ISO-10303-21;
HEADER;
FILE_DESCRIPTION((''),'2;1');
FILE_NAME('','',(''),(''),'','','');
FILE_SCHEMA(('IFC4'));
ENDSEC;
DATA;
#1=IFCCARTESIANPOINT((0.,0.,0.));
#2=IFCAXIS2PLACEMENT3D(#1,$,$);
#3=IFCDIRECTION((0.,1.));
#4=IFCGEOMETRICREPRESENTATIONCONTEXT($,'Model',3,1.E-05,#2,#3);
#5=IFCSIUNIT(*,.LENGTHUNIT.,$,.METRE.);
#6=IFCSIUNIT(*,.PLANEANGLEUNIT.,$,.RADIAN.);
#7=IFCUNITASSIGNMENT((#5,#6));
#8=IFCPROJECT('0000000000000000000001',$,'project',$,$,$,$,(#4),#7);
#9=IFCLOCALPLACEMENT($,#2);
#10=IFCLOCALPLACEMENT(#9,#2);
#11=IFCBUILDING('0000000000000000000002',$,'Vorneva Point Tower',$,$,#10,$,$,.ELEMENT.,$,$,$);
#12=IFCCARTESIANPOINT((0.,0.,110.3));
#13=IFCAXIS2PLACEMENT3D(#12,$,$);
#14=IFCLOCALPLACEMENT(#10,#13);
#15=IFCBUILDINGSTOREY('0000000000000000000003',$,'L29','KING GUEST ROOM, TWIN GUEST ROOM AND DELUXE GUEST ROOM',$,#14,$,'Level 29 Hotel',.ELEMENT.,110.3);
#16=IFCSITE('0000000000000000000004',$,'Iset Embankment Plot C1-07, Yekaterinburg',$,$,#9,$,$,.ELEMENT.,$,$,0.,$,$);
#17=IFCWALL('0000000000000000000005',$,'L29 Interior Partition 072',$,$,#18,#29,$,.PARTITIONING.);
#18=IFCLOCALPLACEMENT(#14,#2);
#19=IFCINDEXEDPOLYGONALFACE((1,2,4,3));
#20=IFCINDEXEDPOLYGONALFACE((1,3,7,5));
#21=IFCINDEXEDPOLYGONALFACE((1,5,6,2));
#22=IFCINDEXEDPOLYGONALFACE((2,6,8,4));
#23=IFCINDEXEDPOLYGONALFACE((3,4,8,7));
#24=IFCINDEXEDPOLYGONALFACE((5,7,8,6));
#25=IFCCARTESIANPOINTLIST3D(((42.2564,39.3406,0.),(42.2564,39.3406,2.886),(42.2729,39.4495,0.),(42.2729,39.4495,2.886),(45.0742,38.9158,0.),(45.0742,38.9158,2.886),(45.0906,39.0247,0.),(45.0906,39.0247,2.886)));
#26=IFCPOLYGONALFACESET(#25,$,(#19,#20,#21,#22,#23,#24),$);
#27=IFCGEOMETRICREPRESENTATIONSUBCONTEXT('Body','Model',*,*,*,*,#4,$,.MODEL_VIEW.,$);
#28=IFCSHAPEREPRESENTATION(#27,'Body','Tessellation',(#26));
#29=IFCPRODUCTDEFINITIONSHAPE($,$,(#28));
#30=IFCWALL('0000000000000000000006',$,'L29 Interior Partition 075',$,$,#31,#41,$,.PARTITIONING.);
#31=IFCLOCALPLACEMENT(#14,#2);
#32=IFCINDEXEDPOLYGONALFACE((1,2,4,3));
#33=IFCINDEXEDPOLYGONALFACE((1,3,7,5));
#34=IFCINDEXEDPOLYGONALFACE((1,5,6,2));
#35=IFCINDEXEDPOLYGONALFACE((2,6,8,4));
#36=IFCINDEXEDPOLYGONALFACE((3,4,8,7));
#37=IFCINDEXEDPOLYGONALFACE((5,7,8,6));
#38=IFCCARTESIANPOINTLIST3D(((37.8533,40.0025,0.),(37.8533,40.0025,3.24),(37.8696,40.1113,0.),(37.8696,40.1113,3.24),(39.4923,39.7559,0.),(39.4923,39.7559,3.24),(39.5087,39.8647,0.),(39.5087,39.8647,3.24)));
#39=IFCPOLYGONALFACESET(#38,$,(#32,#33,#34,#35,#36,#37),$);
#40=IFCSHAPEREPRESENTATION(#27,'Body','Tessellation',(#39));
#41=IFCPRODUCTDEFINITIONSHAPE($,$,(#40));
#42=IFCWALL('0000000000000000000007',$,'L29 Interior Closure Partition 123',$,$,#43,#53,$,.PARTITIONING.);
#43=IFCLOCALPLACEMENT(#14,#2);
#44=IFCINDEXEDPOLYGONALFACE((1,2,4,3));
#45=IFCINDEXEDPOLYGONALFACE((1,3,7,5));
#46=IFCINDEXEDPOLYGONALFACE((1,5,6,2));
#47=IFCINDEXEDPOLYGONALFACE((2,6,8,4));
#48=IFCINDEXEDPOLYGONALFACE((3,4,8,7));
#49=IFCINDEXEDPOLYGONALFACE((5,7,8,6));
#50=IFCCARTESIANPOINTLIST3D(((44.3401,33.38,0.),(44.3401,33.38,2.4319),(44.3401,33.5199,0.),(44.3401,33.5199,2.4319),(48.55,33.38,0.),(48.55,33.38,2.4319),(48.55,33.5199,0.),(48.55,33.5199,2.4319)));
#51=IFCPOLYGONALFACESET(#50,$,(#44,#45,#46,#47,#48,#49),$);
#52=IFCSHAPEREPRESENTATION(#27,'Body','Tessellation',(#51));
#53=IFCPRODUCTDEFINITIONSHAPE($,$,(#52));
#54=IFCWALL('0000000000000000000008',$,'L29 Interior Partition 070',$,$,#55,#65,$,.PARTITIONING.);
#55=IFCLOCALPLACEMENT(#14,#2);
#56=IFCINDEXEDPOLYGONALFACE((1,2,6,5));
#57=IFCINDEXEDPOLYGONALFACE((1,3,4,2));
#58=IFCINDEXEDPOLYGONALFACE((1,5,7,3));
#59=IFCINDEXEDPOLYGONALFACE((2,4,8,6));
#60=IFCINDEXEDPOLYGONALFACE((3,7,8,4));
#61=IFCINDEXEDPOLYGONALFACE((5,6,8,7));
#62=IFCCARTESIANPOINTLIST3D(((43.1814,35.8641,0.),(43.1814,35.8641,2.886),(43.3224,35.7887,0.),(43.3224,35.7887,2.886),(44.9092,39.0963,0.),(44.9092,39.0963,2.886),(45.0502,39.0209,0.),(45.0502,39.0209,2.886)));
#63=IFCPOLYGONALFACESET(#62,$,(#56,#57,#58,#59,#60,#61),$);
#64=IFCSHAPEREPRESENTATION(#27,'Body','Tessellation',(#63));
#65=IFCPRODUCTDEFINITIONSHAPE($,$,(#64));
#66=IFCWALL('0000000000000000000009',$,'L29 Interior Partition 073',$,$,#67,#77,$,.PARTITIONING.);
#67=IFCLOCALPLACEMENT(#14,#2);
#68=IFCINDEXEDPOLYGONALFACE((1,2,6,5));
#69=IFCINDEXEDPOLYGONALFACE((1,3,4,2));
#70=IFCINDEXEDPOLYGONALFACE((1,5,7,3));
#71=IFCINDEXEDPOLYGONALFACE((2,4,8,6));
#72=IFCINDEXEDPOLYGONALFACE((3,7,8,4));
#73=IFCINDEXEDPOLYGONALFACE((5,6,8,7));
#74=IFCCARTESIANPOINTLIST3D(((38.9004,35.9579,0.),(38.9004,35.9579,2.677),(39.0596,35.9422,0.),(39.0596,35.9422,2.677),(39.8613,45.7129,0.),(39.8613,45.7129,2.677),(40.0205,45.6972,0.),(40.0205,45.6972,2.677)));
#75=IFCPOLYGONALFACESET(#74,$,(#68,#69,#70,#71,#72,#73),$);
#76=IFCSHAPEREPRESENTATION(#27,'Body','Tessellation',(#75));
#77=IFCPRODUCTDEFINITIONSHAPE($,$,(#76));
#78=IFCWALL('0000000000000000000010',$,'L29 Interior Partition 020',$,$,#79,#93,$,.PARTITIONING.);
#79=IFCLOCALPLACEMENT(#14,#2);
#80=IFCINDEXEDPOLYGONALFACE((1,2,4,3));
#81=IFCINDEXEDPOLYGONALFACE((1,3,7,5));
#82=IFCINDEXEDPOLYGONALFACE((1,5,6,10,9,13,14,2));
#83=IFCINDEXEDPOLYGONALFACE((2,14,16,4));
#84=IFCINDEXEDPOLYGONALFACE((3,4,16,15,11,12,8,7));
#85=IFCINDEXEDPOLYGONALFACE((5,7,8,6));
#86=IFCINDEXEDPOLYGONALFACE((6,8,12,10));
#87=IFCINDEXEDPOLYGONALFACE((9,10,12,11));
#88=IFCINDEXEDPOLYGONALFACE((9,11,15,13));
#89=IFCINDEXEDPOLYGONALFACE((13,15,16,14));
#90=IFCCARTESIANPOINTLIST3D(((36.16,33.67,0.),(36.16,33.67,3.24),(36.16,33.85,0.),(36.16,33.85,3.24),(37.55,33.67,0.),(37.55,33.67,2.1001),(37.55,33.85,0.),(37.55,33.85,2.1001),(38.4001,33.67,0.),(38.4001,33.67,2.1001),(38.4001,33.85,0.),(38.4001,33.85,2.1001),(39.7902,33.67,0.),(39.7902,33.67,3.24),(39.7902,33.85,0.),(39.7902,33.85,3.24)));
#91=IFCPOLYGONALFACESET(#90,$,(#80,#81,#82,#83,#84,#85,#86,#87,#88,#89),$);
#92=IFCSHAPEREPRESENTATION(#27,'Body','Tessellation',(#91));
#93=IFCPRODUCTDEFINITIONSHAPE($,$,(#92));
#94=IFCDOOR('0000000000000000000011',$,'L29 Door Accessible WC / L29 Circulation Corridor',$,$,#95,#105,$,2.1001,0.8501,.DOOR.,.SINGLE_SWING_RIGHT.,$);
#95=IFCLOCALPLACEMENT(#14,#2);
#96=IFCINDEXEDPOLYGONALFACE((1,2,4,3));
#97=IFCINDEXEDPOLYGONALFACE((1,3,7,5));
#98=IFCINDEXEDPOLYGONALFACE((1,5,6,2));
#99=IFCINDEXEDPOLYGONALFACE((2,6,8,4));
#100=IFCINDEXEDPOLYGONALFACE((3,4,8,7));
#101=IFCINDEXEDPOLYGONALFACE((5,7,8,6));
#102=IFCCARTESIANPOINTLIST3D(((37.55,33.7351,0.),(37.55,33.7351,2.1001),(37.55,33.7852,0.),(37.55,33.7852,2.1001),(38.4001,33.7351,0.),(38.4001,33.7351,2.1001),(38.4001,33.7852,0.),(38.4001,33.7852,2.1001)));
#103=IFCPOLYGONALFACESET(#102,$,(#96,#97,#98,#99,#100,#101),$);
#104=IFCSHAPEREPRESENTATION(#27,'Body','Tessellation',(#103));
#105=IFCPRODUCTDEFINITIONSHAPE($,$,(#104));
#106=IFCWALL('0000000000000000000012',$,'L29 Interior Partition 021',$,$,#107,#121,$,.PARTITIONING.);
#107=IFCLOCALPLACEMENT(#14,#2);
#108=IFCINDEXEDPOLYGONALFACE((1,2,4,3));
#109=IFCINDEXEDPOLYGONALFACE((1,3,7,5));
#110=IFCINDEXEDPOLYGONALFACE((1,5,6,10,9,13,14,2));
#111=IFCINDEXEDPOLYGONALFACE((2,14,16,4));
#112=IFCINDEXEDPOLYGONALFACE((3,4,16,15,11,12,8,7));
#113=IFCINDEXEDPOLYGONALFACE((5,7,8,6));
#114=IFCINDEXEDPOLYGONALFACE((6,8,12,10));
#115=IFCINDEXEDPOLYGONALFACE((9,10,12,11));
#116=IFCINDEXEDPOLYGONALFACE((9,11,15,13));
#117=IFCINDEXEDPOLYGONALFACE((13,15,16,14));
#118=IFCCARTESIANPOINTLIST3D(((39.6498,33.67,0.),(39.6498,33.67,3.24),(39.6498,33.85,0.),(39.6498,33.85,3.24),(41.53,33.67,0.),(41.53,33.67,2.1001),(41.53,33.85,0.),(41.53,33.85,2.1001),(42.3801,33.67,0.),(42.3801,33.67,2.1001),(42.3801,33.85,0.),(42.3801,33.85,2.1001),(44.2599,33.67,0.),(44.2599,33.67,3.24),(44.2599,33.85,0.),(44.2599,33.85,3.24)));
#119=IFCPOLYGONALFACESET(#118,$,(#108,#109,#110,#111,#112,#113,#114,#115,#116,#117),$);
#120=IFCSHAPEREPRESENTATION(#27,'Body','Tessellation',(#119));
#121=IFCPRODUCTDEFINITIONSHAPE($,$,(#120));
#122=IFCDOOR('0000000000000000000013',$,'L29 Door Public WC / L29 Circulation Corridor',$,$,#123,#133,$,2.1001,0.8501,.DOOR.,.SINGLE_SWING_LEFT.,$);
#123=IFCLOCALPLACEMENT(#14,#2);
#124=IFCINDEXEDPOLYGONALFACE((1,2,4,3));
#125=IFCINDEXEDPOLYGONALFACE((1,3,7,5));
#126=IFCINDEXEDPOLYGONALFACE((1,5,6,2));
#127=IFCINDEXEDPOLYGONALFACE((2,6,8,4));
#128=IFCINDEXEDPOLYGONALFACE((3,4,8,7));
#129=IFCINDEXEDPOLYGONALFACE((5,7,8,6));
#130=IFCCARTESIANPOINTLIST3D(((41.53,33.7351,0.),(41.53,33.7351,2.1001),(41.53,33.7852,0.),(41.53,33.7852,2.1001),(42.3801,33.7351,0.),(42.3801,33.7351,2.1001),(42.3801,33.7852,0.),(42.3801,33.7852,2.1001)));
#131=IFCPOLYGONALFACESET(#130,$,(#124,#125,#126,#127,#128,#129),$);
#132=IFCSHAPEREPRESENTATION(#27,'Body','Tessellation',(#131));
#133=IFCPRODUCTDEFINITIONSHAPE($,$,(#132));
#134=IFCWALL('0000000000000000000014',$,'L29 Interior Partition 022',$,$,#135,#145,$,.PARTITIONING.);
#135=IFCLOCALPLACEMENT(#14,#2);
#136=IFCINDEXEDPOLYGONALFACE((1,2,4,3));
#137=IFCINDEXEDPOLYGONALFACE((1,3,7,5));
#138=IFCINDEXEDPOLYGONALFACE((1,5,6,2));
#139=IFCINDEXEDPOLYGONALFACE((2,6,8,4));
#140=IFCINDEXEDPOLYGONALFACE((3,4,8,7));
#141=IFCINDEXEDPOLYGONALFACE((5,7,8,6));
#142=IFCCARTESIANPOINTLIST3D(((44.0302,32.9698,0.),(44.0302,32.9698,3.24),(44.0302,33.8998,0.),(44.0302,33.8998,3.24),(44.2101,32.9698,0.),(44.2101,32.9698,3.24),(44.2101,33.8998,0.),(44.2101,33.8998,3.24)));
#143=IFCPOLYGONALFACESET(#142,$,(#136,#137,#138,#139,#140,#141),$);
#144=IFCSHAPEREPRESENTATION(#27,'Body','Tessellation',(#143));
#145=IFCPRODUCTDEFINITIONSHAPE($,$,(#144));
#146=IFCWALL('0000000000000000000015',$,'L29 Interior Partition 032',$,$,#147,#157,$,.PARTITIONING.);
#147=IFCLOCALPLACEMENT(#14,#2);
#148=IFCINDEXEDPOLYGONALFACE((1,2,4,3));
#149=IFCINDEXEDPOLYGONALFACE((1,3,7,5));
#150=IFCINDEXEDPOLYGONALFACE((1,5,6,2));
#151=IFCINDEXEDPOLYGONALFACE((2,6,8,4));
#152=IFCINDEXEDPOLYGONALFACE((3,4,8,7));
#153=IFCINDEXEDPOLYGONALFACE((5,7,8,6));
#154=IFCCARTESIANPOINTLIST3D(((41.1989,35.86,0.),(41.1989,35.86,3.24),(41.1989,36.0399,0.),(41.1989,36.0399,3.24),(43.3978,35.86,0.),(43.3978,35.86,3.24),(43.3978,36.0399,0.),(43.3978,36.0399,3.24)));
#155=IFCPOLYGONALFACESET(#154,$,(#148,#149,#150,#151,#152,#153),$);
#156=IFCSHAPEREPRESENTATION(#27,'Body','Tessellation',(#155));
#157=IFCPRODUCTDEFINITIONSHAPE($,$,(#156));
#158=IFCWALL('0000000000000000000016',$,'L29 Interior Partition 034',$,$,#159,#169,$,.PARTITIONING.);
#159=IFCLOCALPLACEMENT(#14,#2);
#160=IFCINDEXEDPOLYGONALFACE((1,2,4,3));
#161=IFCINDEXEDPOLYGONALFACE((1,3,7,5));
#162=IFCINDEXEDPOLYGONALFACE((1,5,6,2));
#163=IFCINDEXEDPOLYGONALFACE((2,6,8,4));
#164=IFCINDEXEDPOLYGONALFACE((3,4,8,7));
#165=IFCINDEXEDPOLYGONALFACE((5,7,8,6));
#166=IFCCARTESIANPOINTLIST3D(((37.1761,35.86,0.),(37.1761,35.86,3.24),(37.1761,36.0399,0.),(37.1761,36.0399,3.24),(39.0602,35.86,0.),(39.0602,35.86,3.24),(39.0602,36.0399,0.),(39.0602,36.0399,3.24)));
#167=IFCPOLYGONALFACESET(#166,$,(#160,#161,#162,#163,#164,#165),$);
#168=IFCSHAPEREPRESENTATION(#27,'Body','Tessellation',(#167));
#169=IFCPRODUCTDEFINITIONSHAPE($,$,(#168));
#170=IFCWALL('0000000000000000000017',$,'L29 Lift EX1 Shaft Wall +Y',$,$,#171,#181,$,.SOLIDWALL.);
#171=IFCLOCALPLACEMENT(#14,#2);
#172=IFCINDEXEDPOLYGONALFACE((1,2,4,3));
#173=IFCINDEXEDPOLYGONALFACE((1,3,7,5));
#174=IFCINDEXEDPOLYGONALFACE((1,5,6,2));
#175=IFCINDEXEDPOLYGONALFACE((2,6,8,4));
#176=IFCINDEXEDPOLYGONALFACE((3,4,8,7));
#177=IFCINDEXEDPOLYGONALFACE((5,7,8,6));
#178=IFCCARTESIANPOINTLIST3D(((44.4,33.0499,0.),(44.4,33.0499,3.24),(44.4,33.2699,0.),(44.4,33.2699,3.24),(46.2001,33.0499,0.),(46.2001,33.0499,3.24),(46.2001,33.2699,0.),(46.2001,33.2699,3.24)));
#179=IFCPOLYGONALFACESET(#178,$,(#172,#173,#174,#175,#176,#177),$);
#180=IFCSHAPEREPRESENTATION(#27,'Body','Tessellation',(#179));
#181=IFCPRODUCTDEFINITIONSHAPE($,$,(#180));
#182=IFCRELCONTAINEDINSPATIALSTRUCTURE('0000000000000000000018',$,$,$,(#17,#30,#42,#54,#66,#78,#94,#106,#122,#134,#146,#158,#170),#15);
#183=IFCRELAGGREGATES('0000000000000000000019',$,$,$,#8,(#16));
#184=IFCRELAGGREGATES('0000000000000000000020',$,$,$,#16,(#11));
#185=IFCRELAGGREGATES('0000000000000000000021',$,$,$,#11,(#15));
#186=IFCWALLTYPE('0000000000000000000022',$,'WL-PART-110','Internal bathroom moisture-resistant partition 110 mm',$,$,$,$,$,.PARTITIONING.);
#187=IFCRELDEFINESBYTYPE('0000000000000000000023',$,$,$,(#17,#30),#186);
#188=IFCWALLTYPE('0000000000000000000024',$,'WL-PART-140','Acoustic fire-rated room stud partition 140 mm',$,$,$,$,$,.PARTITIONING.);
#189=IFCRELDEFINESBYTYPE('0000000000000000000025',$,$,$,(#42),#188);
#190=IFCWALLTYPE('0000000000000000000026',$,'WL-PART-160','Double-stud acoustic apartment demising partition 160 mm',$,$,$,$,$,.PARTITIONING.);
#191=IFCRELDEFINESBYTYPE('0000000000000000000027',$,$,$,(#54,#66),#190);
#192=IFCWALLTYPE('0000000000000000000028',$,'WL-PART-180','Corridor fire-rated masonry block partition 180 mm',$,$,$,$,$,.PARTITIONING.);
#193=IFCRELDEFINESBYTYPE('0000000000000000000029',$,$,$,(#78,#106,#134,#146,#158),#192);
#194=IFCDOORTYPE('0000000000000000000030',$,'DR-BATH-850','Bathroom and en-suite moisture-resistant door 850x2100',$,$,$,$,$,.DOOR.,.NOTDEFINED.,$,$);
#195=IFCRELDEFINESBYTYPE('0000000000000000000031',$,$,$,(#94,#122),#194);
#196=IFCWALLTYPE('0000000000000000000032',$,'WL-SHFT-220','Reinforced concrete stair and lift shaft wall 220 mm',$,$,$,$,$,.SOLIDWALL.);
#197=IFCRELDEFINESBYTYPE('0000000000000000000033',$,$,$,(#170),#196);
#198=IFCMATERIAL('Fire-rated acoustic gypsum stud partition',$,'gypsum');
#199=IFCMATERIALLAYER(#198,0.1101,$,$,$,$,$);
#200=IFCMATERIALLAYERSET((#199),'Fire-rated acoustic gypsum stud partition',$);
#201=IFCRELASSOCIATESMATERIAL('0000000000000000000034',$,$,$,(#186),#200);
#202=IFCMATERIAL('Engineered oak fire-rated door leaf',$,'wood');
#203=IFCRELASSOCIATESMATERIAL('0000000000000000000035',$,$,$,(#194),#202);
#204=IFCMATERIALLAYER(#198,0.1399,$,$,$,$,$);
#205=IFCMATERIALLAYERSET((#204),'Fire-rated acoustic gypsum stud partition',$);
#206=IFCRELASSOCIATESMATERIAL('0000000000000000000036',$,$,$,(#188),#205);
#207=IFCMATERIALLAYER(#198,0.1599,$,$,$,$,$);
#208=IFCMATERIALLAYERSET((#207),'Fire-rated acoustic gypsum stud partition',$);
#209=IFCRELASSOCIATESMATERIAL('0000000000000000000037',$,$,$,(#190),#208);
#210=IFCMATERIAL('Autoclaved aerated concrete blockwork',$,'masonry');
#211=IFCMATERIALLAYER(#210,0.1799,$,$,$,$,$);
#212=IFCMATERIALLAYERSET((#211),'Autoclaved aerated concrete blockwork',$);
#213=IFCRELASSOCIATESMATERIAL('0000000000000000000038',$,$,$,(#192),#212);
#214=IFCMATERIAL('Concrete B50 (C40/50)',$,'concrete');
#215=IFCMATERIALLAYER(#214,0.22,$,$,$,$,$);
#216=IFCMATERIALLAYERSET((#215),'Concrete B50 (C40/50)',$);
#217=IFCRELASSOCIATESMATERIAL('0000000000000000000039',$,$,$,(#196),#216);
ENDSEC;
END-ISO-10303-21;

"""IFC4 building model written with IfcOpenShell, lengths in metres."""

from ifc_helpers import new_model, si_unit, direction, frame, frame_2d, origin, place, context, subcontext, project, spatial, rectangle, extrude, material, layer, layer_set, type_object, element, fill, save


model = new_model("IFC4")

# Units and contexts
model_context = context("Model", 3, precision=1e-05, world=origin(), true_north=direction((0.0, 1.0)))
body_context = subcontext(model_context, "Body", "Model", "MODEL_VIEW")
ifc_project = project(units=[si_unit("LENGTHUNIT", "METRE"), si_unit("PLANEANGLEUNIT", "RADIAN")], contexts=[model_context])

# Site, building, storey
site_placement = place(None, origin())
site = spatial("IfcSite", under=ifc_project, at=site_placement, Name="Iset Embankment Plot C1-07, Yekaterinburg", CompositionType="ELEMENT", RefElevation=0.0)
building_placement = place(site_placement, origin())
building = spatial("IfcBuilding", under=site, at=building_placement, Name="Vorneva Point Tower", CompositionType="ELEMENT")
storey_placement = place(building_placement, frame((0.0, 0.0, 110.3)))
storey = spatial("IfcBuildingStorey", under=building, at=storey_placement, Name="L29", Description="KING GUEST ROOM, TWIN GUEST ROOM AND DELUXE GUEST ROOM", LongName="Level 29 Hotel", CompositionType="ELEMENT", Elevation=110.3)

# Shared definitions
ifc_material_1 = material(Name="Fire-rated acoustic gypsum stud partition", Category="gypsum")
ifc_layer_1 = layer(ifc_material_1, 0.1101)
ifc_layer_set_1 = layer_set([ifc_layer_1], Name="Fire-rated acoustic gypsum stud partition")
wall_type_1 = type_object("IfcWallType", Name="WL-PART-110", Description="Internal bathroom moisture-resistant partition 110 mm", PredefinedType="PARTITIONING", material=ifc_layer_set_1)
ifc_material_2 = material(Name="Engineered oak fire-rated door leaf", Category="wood")
door_type_1 = type_object("IfcDoorType", Name="DR-BATH-850", Description="Bathroom and en-suite moisture-resistant door 850x2100", OperationType="NOTDEFINED", PredefinedType="DOOR", material=ifc_material_2)

# Walls
wall_1_placement = place(storey_placement, frame((42.2646, 39.395, 0.0), z_axis=(0.0, 0.0, 1.0), x_axis=(0.988827, -0.149069, 0.0)))
element("IfcWall", 1, at=wall_1_placement, inside=storey, type_object=wall_type_1, Name="L29 Interior Partition 072", PredefinedType="PARTITIONING", context=body_context, shape_type="SweptSolid", body=[
    extrude(rectangle(XDim=2.8496, YDim=0.1101, at=frame_2d((1.4248, 0.0))), origin(), (0.0, 0.0, 1.0), 2.886),
])
wall_2_placement = place(storey_placement, frame((37.8616, 40.0569, 0.0), z_axis=(0.0, 0.0, 1.0), x_axis=(0.98887, -0.14878, 0.0)))
element("IfcWall", 2, at=wall_2_placement, inside=storey, type_object=wall_type_1, Name="L29 Interior Partition 075", PredefinedType="PARTITIONING", context=body_context, shape_type="SweptSolid", body=[
    extrude(rectangle(XDim=1.6575, YDim=0.1101, at=frame_2d((0.8286, 0.0))), origin(), (0.0, 0.0, 1.0), 3.24),
])
ifc_layer_2 = layer(ifc_material_1, 0.1399)
ifc_layer_set_2 = layer_set([ifc_layer_2], Name="Fire-rated acoustic gypsum stud partition")
wall_type_2 = type_object("IfcWallType", Name="WL-PART-140", Description="Acoustic fire-rated room stud partition 140 mm", PredefinedType="PARTITIONING", material=ifc_layer_set_2)
wall_3_placement = place(storey_placement, frame((44.3401, 33.45, 0.0), z_axis=(0.0, 0.0, 1.0), x_axis=(1.0, 0.0, 0.0)))
element("IfcWall", 3, at=wall_3_placement, inside=storey, type_object=wall_type_2, Name="L29 Interior Closure Partition 123", PredefinedType="PARTITIONING", context=body_context, shape_type="SweptSolid", body=[
    extrude(rectangle(XDim=4.21, YDim=0.1399, at=frame_2d((2.105, 0.0))), origin(), (0.0, 0.0, 1.0), 2.4319),
])
ifc_layer_3 = layer(ifc_material_1, 0.1599)
ifc_layer_set_3 = layer_set([ifc_layer_3], Name="Fire-rated acoustic gypsum stud partition")
wall_type_3 = type_object("IfcWallType", Name="WL-PART-160", Description="Double-stud acoustic apartment demising partition 160 mm", PredefinedType="PARTITIONING", material=ifc_layer_set_3)
wall_4_placement = place(storey_placement, frame((44.9797, 39.0586, 0.0), z_axis=(0.0, 0.0, 1.0), x_axis=(-0.471428, -0.881904, 0.0)))
element("IfcWall", 4, at=wall_4_placement, inside=storey, type_object=wall_type_3, Name="L29 Interior Partition 070", PredefinedType="PARTITIONING", context=body_context, shape_type="SweptSolid", body=[
    extrude(rectangle(XDim=3.665, YDim=0.1599, at=frame_2d((1.8325, 0.0))), origin(), (0.0, 0.0, 1.0), 2.886),
])
wall_5_placement = place(storey_placement, frame((39.9409, 45.7051, 0.0), z_axis=(0.0, 0.0, 1.0), x_axis=(-0.098031, -0.995183, 0.0)))
element("IfcWall", 5, at=wall_5_placement, inside=storey, type_object=wall_type_3, Name="L29 Interior Partition 073", PredefinedType="PARTITIONING", context=body_context, shape_type="SweptSolid", body=[
    extrude(rectangle(XDim=9.8022, YDim=0.1599, at=frame_2d((4.9011, 0.0))), origin(), (0.0, 0.0, 1.0), 2.677),
])

# Walls, openings, doors
ifc_material_3 = material(Name="Autoclaved aerated concrete blockwork", Category="masonry")
ifc_layer_4 = layer(ifc_material_3, 0.1799)
ifc_layer_set_4 = layer_set([ifc_layer_4], Name="Autoclaved aerated concrete blockwork")
wall_type_4 = type_object("IfcWallType", Name="WL-PART-180", Description="Corridor fire-rated masonry block partition 180 mm", PredefinedType="PARTITIONING", material=ifc_layer_set_4)
wall_6_placement = place(storey_placement, frame((39.79, 33.76, 0.0), z_axis=(0.0, 0.0, 1.0), x_axis=(-1.0, 0.0, 0.0)))
wall_6 = element("IfcWall", 6, at=wall_6_placement, inside=storey, type_object=wall_type_4, Name="L29 Interior Partition 020", PredefinedType="PARTITIONING", context=body_context, shape_type="SweptSolid", body=[
    extrude(rectangle(XDim=3.6301, YDim=0.1799, at=frame_2d((1.8149, 0.0))), origin(), (0.0, 0.0, 1.0), 3.24),
])
opening_1_placement = place(wall_6_placement, frame((1.3899, 0.0, 0.0)))
opening_1 = element("IfcOpeningElement", 7, at=opening_1_placement, cuts=wall_6, PredefinedType="OPENING", context=body_context, shape_type="SweptSolid", body=[
    extrude(rectangle(XDim=0.8501, YDim=2.1001, at=frame_2d((0.425, 1.05))), frame((0.0, 0.105, 0.0), z_axis=(0.0, -1.0, 0.0), x_axis=(1.0, 0.0, 0.0)), (0.0, 0.0, 1.0), 0.2097),
])
door_1_placement = place(opening_1_placement, origin())
door_1 = element("IfcDoor", 8, at=door_1_placement, inside=storey, type_object=door_type_1, Name="L29 Door Accessible WC / L29 Circulation Corridor", OperationType="SINGLE_SWING_RIGHT", OverallHeight=2.1001, OverallWidth=0.8501, PredefinedType="DOOR", context=body_context, shape_type="SweptSolid", body=[
    extrude(rectangle(XDim=0.8501, YDim=2.1001, at=frame_2d((0.425, 1.05))), frame((0.0, 0.0249, 0.0), z_axis=(0.0, -1.0, 0.0), x_axis=(1.0, 0.0, 0.0)), (0.0, 0.0, 1.0), 0.05),
])
fill(opening_1, door_1)
wall_7_placement = place(storey_placement, frame((44.26, 33.76, 0.0), z_axis=(0.0, 0.0, 1.0), x_axis=(-1.0, 0.0, 0.0)))
wall_7 = element("IfcWall", 9, at=wall_7_placement, inside=storey, type_object=wall_type_4, Name="L29 Interior Partition 021", PredefinedType="PARTITIONING", context=body_context, shape_type="SweptSolid", body=[
    extrude(rectangle(XDim=4.6101, YDim=0.1799, at=frame_2d((2.3052, 0.0))), origin(), (0.0, 0.0, 1.0), 3.24),
])
opening_2_placement = place(wall_7_placement, frame((1.8799, 0.0, 0.0)))
opening_2 = element("IfcOpeningElement", 10, at=opening_2_placement, cuts=wall_7, PredefinedType="OPENING", context=body_context, shape_type="SweptSolid", body=[
    extrude(rectangle(XDim=0.8501, YDim=2.1001, at=frame_2d((0.425, 1.05))), frame((0.0, 0.105, 0.0), z_axis=(0.0, -1.0, 0.0), x_axis=(1.0, 0.0, 0.0)), (0.0, 0.0, 1.0), 0.2097),
])
door_2_placement = place(opening_2_placement, origin())
door_2 = element("IfcDoor", 11, at=door_2_placement, inside=storey, type_object=door_type_1, Name="L29 Door Public WC / L29 Circulation Corridor", OperationType="SINGLE_SWING_LEFT", OverallHeight=2.1001, OverallWidth=0.8501, PredefinedType="DOOR", context=body_context, shape_type="SweptSolid", body=[
    extrude(rectangle(XDim=0.8501, YDim=2.1001, at=frame_2d((0.425, 1.05))), frame((0.0, 0.0249, 0.0), z_axis=(0.0, -1.0, 0.0), x_axis=(1.0, 0.0, 0.0)), (0.0, 0.0, 1.0), 0.05),
])
fill(opening_2, door_2)

# Wall
wall_8_placement = place(storey_placement, frame((44.1201, 32.97, 0.0), z_axis=(0.0, 0.0, 1.0), x_axis=(0.0, 1.0, 0.0)))
element("IfcWall", 12, at=wall_8_placement, inside=storey, type_object=wall_type_4, Name="L29 Interior Partition 022", PredefinedType="PARTITIONING", context=body_context, shape_type="SweptSolid", body=[
    extrude(rectangle(XDim=0.9299, YDim=0.1799, at=frame_2d((0.4648, 0.0))), origin(), (0.0, 0.0, 1.0), 3.24),
])

# Walls
wall_9_placement = place(storey_placement, frame((43.3979, 35.95, 0.0), z_axis=(0.0, 0.0, 1.0), x_axis=(-1.0, 0.0, 0.0)))
element("IfcWall", 13, at=wall_9_placement, inside=storey, type_object=wall_type_4, Name="L29 Interior Partition 032", PredefinedType="PARTITIONING", context=body_context, shape_type="SweptSolid", body=[
    extrude(rectangle(XDim=2.199, YDim=0.1799, at=frame_2d((1.0996, 0.0))), origin(), (0.0, 0.0, 1.0), 3.24),
])
wall_10_placement = place(storey_placement, frame((39.0601, 35.95, 0.0), z_axis=(0.0, 0.0, 1.0), x_axis=(-1.0, 0.0, 0.0)))
element("IfcWall", 14, at=wall_10_placement, inside=storey, type_object=wall_type_4, Name="L29 Interior Partition 034", PredefinedType="PARTITIONING", context=body_context, shape_type="SweptSolid", body=[
    extrude(rectangle(XDim=1.884, YDim=0.1799, at=frame_2d((0.9419, 0.0))), origin(), (0.0, 0.0, 1.0), 3.24),
])
ifc_material_4 = material(Name="Concrete B50 (C40/50)", Category="concrete")
ifc_layer_5 = layer(ifc_material_4, 0.22)
ifc_layer_set_5 = layer_set([ifc_layer_5], Name="Concrete B50 (C40/50)")
wall_type_5 = type_object("IfcWallType", Name="WL-SHFT-220", Description="Reinforced concrete stair and lift shaft wall 220 mm", PredefinedType="SOLIDWALL", material=ifc_layer_set_5)
wall_11_placement = place(storey_placement, frame((46.2, 33.1599, 0.0), z_axis=(0.0, 0.0, 1.0), x_axis=(-1.0, 0.0, 0.0)))
element("IfcWall", 15, at=wall_11_placement, inside=storey, type_object=wall_type_5, Name="L29 Lift EX1 Shaft Wall +Y", PredefinedType="SOLIDWALL", context=body_context, shape_type="SweptSolid", body=[
    extrude(rectangle(XDim=1.8, YDim=0.22, at=frame_2d((0.8999, 0.0))), origin(), (0.0, 0.0, 1.0), 3.24),
])

save(model, "model.ifc")
